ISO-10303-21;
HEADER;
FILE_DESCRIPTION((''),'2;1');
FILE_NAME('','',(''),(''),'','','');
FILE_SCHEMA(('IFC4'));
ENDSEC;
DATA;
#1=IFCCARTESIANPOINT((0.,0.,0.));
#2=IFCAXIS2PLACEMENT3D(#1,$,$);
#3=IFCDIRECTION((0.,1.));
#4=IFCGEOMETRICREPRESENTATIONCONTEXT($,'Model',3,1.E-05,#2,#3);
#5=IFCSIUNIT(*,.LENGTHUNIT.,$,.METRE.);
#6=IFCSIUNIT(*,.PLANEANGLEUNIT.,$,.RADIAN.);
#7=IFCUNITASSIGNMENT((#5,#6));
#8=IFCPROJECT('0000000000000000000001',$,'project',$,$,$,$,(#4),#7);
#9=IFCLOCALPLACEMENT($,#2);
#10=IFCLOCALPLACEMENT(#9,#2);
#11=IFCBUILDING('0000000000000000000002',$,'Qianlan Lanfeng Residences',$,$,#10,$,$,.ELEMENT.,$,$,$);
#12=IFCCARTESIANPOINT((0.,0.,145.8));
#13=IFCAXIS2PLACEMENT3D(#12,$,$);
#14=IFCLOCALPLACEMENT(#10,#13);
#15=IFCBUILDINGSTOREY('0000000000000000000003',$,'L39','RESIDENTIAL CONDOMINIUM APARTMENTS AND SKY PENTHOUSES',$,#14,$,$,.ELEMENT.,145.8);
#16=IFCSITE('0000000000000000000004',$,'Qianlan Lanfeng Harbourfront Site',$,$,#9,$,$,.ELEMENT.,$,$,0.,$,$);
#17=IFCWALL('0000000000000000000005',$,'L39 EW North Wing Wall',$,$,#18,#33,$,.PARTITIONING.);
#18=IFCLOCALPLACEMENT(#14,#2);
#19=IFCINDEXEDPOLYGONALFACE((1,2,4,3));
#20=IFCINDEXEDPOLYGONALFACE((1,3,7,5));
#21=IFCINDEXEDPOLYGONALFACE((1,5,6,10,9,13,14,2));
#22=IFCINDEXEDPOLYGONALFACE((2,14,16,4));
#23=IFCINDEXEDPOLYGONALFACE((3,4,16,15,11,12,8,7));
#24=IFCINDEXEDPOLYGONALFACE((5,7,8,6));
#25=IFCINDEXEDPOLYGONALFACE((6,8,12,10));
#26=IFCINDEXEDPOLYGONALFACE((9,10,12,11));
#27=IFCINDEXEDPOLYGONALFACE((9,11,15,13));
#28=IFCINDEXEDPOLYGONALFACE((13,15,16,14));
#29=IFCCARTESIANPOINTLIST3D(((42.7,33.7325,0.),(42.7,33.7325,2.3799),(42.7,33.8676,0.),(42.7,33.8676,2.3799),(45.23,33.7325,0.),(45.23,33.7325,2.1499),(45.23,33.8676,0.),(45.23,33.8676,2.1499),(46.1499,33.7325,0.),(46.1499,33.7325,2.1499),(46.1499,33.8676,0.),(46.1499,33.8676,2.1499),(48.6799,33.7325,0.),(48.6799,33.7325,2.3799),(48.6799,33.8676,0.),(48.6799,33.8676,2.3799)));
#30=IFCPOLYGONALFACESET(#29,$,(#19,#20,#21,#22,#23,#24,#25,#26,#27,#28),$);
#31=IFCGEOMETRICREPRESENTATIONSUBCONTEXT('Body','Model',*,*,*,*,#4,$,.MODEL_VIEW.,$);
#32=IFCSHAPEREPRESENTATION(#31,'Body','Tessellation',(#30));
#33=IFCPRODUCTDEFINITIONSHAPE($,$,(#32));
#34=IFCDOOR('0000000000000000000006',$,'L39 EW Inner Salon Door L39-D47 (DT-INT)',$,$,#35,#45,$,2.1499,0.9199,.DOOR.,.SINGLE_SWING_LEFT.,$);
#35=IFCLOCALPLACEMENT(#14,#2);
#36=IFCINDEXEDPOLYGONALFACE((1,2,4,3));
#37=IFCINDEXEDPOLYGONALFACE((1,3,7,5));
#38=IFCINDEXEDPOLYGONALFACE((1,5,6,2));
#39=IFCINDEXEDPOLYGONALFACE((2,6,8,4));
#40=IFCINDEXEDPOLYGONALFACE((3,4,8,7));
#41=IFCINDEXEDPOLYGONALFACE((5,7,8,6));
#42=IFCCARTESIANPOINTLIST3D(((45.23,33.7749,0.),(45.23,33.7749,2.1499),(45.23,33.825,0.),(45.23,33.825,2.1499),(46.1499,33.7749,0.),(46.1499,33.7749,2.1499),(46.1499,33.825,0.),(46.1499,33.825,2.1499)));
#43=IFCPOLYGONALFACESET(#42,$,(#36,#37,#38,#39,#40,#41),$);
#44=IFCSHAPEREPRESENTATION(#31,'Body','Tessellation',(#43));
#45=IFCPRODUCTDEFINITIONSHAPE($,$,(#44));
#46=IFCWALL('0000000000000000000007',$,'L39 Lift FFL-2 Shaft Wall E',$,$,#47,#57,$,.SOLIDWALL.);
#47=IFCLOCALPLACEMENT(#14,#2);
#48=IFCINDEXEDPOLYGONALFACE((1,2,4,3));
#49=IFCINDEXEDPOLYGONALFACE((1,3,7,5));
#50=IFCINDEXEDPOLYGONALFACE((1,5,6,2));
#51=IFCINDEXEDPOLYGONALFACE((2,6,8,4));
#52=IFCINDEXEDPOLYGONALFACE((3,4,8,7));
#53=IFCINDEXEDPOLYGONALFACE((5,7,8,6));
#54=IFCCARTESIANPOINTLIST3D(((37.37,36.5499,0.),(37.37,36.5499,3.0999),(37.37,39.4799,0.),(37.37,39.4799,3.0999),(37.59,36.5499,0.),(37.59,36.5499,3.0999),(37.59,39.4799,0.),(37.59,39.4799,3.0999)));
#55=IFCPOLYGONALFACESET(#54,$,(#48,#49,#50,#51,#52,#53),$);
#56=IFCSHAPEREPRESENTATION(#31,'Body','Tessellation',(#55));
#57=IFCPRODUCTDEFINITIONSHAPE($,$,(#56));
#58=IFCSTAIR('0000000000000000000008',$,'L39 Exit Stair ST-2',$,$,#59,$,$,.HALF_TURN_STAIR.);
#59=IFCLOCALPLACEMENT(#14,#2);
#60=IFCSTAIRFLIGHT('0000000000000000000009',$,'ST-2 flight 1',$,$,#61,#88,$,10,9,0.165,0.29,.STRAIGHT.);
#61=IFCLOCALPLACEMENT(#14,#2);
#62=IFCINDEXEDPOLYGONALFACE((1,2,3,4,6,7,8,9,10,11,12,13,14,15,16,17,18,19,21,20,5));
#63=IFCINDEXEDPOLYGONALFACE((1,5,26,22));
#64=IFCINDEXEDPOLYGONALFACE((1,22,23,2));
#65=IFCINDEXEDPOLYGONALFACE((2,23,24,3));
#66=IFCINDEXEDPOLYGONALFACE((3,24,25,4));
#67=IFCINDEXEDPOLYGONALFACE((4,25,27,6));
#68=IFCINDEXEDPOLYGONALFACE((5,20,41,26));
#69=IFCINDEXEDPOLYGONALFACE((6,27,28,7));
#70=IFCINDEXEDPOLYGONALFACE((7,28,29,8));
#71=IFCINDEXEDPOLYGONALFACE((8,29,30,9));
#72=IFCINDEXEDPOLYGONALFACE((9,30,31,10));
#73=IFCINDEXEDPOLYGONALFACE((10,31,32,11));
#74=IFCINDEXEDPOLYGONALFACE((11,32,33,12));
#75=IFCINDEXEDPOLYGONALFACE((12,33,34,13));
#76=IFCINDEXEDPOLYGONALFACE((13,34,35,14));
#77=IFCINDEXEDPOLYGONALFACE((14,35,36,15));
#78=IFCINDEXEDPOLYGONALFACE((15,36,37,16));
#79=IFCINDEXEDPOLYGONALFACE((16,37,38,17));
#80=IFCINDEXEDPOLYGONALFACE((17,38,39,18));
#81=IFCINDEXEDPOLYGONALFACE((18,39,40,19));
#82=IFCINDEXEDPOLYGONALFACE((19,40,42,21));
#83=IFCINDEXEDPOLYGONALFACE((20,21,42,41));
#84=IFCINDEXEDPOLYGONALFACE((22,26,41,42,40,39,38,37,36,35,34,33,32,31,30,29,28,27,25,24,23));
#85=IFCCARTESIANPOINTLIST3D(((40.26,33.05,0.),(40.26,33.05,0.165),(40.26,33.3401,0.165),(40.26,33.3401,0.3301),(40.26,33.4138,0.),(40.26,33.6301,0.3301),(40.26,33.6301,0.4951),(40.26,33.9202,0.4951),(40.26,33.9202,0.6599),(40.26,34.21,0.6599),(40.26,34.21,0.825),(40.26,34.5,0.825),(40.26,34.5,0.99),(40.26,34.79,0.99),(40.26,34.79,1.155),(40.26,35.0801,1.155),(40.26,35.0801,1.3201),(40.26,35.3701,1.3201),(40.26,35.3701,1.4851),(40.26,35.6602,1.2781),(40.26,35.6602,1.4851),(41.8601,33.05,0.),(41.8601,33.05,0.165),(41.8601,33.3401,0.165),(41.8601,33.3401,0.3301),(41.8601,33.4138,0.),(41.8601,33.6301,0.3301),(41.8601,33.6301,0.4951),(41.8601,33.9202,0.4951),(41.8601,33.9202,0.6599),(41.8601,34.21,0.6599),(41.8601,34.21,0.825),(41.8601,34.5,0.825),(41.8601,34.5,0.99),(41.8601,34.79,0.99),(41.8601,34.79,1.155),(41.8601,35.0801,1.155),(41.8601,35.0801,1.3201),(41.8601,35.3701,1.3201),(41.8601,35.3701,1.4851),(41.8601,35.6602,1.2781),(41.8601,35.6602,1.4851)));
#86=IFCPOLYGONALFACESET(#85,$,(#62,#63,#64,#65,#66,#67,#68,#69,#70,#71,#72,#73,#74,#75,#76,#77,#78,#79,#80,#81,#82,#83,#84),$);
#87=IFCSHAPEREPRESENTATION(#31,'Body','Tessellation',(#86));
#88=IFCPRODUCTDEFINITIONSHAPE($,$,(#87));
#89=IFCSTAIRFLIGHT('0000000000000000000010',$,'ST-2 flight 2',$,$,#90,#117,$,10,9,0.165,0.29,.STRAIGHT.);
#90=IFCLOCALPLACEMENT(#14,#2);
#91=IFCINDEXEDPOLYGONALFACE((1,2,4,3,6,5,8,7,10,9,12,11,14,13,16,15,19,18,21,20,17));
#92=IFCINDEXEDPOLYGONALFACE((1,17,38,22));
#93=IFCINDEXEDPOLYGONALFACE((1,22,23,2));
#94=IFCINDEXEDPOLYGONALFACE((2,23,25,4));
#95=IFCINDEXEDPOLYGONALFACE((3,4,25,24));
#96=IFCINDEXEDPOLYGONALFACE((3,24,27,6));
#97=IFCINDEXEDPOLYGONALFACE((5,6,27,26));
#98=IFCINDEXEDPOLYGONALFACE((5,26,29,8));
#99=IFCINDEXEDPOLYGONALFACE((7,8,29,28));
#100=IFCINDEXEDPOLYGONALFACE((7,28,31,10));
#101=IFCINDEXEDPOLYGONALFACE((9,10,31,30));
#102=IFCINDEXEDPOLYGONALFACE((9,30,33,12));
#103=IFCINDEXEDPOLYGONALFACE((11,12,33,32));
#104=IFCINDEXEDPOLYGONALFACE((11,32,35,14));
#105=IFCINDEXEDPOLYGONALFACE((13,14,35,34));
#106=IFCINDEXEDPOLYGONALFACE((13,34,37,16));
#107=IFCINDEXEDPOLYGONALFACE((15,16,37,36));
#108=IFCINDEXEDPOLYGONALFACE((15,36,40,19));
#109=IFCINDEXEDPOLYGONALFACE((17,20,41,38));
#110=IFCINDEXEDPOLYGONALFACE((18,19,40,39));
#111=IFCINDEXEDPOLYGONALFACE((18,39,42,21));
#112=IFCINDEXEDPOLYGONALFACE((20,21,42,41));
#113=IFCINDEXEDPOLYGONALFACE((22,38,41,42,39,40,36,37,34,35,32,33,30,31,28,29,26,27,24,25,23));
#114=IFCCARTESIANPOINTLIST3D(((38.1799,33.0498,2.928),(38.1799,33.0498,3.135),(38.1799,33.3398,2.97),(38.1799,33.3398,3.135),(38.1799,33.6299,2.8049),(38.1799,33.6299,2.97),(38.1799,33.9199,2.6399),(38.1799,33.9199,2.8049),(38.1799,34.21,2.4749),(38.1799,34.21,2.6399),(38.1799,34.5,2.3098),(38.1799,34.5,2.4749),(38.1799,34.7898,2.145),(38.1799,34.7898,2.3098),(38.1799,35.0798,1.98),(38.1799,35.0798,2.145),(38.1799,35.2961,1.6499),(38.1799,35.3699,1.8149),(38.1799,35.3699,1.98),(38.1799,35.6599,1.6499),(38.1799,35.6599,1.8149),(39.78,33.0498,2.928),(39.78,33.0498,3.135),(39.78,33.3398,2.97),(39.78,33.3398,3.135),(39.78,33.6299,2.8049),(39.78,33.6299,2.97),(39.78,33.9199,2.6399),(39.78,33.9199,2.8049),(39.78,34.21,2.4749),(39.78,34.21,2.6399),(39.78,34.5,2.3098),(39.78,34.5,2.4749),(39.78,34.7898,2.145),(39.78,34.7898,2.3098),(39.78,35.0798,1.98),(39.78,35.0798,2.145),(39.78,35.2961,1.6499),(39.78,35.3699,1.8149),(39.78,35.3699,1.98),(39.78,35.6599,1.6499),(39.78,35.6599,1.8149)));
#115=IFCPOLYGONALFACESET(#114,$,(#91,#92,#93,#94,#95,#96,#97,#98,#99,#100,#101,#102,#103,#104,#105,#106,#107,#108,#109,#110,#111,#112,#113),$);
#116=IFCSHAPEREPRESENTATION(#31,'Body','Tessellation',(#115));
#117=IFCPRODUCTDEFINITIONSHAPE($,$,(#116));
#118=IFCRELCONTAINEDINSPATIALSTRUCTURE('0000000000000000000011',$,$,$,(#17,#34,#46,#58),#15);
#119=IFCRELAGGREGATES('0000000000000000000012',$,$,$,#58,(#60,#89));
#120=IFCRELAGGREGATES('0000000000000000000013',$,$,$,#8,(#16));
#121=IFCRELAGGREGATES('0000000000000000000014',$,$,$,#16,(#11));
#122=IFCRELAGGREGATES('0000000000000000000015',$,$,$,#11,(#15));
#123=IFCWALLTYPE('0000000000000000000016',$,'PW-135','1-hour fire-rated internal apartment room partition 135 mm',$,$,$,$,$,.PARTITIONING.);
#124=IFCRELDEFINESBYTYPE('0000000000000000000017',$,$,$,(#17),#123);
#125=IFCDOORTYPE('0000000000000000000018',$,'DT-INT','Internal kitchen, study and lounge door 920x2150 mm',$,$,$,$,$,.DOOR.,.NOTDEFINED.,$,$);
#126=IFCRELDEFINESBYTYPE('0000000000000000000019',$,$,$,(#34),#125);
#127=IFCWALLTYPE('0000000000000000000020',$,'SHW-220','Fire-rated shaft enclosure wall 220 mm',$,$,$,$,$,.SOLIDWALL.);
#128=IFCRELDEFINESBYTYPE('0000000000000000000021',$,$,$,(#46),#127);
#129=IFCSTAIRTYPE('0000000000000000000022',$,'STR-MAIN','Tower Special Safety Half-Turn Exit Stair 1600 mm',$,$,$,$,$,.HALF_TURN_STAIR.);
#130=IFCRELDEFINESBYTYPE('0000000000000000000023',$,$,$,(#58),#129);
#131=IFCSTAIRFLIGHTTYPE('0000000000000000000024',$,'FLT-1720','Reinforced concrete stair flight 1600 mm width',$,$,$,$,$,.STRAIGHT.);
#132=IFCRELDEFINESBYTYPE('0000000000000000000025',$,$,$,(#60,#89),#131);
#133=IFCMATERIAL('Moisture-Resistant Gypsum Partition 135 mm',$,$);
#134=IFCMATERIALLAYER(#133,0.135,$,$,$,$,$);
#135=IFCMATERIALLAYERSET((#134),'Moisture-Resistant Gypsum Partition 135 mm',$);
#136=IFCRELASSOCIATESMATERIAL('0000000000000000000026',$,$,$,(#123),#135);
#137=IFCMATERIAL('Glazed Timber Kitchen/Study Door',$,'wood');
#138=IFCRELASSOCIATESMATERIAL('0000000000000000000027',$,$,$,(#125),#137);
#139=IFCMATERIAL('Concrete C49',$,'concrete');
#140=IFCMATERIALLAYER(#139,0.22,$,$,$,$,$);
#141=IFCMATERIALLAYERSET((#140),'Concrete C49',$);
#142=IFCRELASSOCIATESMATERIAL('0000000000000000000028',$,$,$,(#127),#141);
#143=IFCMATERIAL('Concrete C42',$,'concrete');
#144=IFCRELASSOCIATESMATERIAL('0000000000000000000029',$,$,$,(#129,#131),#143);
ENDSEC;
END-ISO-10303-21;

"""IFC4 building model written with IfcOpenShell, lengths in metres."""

from ifc_helpers import new_model, si_unit, direction, frame, frame_2d, origin, place, context, subcontext, project, spatial, polyline, rectangle, outline, extrude, material, layer, layer_set, type_object, element, fill, aggregate, save


model = new_model("IFC4")

# Units and contexts
model_context = context("Model", 3, precision=1e-05, world=origin(), true_north=direction((0.0, 1.0)))
body_context = subcontext(model_context, "Body", "Model", "MODEL_VIEW")
ifc_project = project(units=[si_unit("LENGTHUNIT", "METRE"), si_unit("PLANEANGLEUNIT", "RADIAN")], contexts=[model_context])

# Site, building, storey
site_placement = place(None, origin())
site = spatial("IfcSite", under=ifc_project, at=site_placement, Name="Qianlan Lanfeng Harbourfront Site", CompositionType="ELEMENT", RefElevation=0.0)
building_placement = place(site_placement, origin())
building = spatial("IfcBuilding", under=site, at=building_placement, Name="Qianlan Lanfeng Residences", CompositionType="ELEMENT")
storey_placement = place(building_placement, frame((0.0, 0.0, 145.8)))
storey = spatial("IfcBuildingStorey", under=building, at=storey_placement, Name="L39", Description="RESIDENTIAL CONDOMINIUM APARTMENTS AND SKY PENTHOUSES", CompositionType="ELEMENT", Elevation=145.8)

# Shared definitions
ifc_material_1 = material(Name="Concrete C42", Category="concrete")

# Wall, opening, door
ifc_material_2 = material(Name="Moisture-Resistant Gypsum Partition 135 mm")
ifc_layer_1 = layer(ifc_material_2, 0.135)
ifc_layer_set_1 = layer_set([ifc_layer_1], Name="Moisture-Resistant Gypsum Partition 135 mm")
wall_type_1 = type_object("IfcWallType", Name="PW-135", Description="1-hour fire-rated internal apartment room partition 135 mm", PredefinedType="PARTITIONING", material=ifc_layer_set_1)
wall_1_placement = place(storey_placement, frame((42.7, 33.8, 0.0), z_axis=(0.0, 0.0, 1.0), x_axis=(1.0, 0.0, 0.0)))
wall_1 = element("IfcWall", 1, at=wall_1_placement, inside=storey, type_object=wall_type_1, Name="L39 EW North Wing Wall", PredefinedType="PARTITIONING", context=body_context, shape_type="SweptSolid", body=[
    extrude(rectangle(XDim=5.98, YDim=0.135, at=frame_2d((2.99, 0.0))), origin(), (0.0, 0.0, 1.0), 2.3799),
])
opening_1_placement = place(wall_1_placement, frame((2.53, 0.0, 0.0)))
opening_1 = element("IfcOpeningElement", 2, at=opening_1_placement, cuts=wall_1, PredefinedType="OPENING", context=body_context, shape_type="SweptSolid", body=[
    extrude(rectangle(XDim=0.9199, YDim=2.1499, at=frame_2d((0.46, 1.075))), frame((0.0, 0.0776, 0.0), z_axis=(0.0, -1.0, 0.0), x_axis=(1.0, 0.0, 0.0)), (0.0, 0.0, 1.0), 0.155),
])
ifc_material_3 = material(Name="Glazed Timber Kitchen/Study Door", Category="wood")
door_type_1 = type_object("IfcDoorType", Name="DT-INT", Description="Internal kitchen, study and lounge door 920x2150 mm", OperationType="NOTDEFINED", PredefinedType="DOOR", material=ifc_material_3)
door_1_placement = place(opening_1_placement, origin())
door_1 = element("IfcDoor", 3, at=door_1_placement, inside=storey, type_object=door_type_1, Name="L39 EW Inner Salon Door L39-D47 (DT-INT)", OperationType="SINGLE_SWING_LEFT", OverallHeight=2.1499, OverallWidth=0.9199, PredefinedType="DOOR", context=body_context, shape_type="SweptSolid", body=[
    extrude(rectangle(XDim=0.9199, YDim=2.1499, at=frame_2d((0.46, 1.075))), frame((0.0, 0.0249, 0.0), z_axis=(0.0, -1.0, 0.0), x_axis=(1.0, 0.0, 0.0)), (0.0, 0.0, 1.0), 0.05),
])
fill(opening_1, door_1)

# Wall
ifc_material_4 = material(Name="Concrete C49", Category="concrete")
ifc_layer_2 = layer(ifc_material_4, 0.22)
ifc_layer_set_2 = layer_set([ifc_layer_2], Name="Concrete C49")
wall_type_2 = type_object("IfcWallType", Name="SHW-220", Description="Fire-rated shaft enclosure wall 220 mm", PredefinedType="SOLIDWALL", material=ifc_layer_set_2)
wall_2_placement = place(storey_placement, frame((37.48, 36.55, 0.0), z_axis=(0.0, 0.0, 1.0), x_axis=(0.0, 1.0, 0.0)))
element("IfcWall", 4, at=wall_2_placement, inside=storey, type_object=wall_type_2, Name="L39 Lift FFL-2 Shaft Wall E", PredefinedType="SOLIDWALL", context=body_context, shape_type="SweptSolid", body=[
    extrude(rectangle(XDim=2.9299, YDim=0.22, at=frame_2d((1.4648, 0.0))), origin(), (0.0, 0.0, 1.0), 3.0999),
])

# Stair, stair flights
stair_type = type_object("IfcStairType", Name="STR-MAIN", Description="Tower Special Safety Half-Turn Exit Stair 1600 mm", PredefinedType="HALF_TURN_STAIR", material=ifc_material_1)
stair_placement = place(storey_placement, origin())
stair = element("IfcStair", 5, at=stair_placement, inside=storey, type_object=stair_type, Name="L39 Exit Stair ST-2", PredefinedType="HALF_TURN_STAIR")
stair_flight_type = type_object("IfcStairFlightType", Name="FLT-1720", Description="Reinforced concrete stair flight 1600 mm width", PredefinedType="STRAIGHT", material=ifc_material_1)
stair_flight_1_placement = place(storey_placement, frame((41.0601, 33.05, 0.0), z_axis=(0.0, 0.0, 1.0), x_axis=(0.0, 1.0, 0.0)))
stair_flight_1 = element("IfcStairFlight", 6, at=stair_flight_1_placement, type_object=stair_flight_type, Name="ST-2 flight 1", NumberOfRisers=10, NumberOfTreads=9, PredefinedType="STRAIGHT", RiserHeight=0.165, TreadLength=0.29, context=body_context, shape_type="SweptSolid", body=[
    extrude(outline(polyline([(0.0, 0.0), (0.0, 0.165), (0.29, 0.165), (0.29, 0.3301), (0.5801, 0.3301), (0.5801, 0.4951), (0.8701, 0.4951), (0.8701, 0.6599), (1.1599, 0.6599), (1.1599, 0.825), (1.45, 0.825), (1.45, 0.99), (1.74, 0.99), (1.74, 1.155), (2.03, 1.155), (2.03, 1.3201), (2.3201, 1.3201), (2.3201, 1.4851), (2.6101, 1.4851), (2.6101, 1.6499), (2.6101, 1.2781), (0.3638, 0.0), (0.0, 0.0)])), frame((0.0, 0.8, 0.0), z_axis=(0.0, -1.0, 0.0), x_axis=(1.0, 0.0, 0.0)), (0.0, 0.0, 1.0), 1.6001),
])
stair_flight_2_placement = place(storey_placement, frame((38.98, 35.6599, 1.6499), z_axis=(0.0, 0.0, 1.0), x_axis=(0.0, -1.0, 0.0)))
stair_flight_2 = element("IfcStairFlight", 7, at=stair_flight_2_placement, type_object=stair_flight_type, Name="ST-2 flight 2", NumberOfRisers=10, NumberOfTreads=9, PredefinedType="STRAIGHT", RiserHeight=0.165, TreadLength=0.29, context=body_context, shape_type="SweptSolid", body=[
    extrude(outline(polyline([(0.0, 0.0), (0.0, 0.165), (0.29, 0.165), (0.29, 0.3301), (0.5801, 0.3301), (0.5801, 0.4951), (0.8701, 0.4951), (0.8701, 0.6599), (1.1599, 0.6599), (1.1599, 0.825), (1.45, 0.825), (1.45, 0.99), (1.74, 0.99), (1.74, 1.155), (2.03, 1.155), (2.03, 1.3201), (2.3201, 1.3201), (2.3201, 1.4851), (2.6101, 1.4851), (2.6101, 1.6499), (2.6101, 1.2781), (0.3638, 0.0), (0.0, 0.0)])), frame((0.0, 0.8, 0.0), z_axis=(0.0, -1.0, 0.0), x_axis=(1.0, 0.0, 0.0)), (0.0, 0.0, 1.0), 1.6001),
])
aggregate(stair, [stair_flight_1, stair_flight_2])

save(model, "model.ifc")
